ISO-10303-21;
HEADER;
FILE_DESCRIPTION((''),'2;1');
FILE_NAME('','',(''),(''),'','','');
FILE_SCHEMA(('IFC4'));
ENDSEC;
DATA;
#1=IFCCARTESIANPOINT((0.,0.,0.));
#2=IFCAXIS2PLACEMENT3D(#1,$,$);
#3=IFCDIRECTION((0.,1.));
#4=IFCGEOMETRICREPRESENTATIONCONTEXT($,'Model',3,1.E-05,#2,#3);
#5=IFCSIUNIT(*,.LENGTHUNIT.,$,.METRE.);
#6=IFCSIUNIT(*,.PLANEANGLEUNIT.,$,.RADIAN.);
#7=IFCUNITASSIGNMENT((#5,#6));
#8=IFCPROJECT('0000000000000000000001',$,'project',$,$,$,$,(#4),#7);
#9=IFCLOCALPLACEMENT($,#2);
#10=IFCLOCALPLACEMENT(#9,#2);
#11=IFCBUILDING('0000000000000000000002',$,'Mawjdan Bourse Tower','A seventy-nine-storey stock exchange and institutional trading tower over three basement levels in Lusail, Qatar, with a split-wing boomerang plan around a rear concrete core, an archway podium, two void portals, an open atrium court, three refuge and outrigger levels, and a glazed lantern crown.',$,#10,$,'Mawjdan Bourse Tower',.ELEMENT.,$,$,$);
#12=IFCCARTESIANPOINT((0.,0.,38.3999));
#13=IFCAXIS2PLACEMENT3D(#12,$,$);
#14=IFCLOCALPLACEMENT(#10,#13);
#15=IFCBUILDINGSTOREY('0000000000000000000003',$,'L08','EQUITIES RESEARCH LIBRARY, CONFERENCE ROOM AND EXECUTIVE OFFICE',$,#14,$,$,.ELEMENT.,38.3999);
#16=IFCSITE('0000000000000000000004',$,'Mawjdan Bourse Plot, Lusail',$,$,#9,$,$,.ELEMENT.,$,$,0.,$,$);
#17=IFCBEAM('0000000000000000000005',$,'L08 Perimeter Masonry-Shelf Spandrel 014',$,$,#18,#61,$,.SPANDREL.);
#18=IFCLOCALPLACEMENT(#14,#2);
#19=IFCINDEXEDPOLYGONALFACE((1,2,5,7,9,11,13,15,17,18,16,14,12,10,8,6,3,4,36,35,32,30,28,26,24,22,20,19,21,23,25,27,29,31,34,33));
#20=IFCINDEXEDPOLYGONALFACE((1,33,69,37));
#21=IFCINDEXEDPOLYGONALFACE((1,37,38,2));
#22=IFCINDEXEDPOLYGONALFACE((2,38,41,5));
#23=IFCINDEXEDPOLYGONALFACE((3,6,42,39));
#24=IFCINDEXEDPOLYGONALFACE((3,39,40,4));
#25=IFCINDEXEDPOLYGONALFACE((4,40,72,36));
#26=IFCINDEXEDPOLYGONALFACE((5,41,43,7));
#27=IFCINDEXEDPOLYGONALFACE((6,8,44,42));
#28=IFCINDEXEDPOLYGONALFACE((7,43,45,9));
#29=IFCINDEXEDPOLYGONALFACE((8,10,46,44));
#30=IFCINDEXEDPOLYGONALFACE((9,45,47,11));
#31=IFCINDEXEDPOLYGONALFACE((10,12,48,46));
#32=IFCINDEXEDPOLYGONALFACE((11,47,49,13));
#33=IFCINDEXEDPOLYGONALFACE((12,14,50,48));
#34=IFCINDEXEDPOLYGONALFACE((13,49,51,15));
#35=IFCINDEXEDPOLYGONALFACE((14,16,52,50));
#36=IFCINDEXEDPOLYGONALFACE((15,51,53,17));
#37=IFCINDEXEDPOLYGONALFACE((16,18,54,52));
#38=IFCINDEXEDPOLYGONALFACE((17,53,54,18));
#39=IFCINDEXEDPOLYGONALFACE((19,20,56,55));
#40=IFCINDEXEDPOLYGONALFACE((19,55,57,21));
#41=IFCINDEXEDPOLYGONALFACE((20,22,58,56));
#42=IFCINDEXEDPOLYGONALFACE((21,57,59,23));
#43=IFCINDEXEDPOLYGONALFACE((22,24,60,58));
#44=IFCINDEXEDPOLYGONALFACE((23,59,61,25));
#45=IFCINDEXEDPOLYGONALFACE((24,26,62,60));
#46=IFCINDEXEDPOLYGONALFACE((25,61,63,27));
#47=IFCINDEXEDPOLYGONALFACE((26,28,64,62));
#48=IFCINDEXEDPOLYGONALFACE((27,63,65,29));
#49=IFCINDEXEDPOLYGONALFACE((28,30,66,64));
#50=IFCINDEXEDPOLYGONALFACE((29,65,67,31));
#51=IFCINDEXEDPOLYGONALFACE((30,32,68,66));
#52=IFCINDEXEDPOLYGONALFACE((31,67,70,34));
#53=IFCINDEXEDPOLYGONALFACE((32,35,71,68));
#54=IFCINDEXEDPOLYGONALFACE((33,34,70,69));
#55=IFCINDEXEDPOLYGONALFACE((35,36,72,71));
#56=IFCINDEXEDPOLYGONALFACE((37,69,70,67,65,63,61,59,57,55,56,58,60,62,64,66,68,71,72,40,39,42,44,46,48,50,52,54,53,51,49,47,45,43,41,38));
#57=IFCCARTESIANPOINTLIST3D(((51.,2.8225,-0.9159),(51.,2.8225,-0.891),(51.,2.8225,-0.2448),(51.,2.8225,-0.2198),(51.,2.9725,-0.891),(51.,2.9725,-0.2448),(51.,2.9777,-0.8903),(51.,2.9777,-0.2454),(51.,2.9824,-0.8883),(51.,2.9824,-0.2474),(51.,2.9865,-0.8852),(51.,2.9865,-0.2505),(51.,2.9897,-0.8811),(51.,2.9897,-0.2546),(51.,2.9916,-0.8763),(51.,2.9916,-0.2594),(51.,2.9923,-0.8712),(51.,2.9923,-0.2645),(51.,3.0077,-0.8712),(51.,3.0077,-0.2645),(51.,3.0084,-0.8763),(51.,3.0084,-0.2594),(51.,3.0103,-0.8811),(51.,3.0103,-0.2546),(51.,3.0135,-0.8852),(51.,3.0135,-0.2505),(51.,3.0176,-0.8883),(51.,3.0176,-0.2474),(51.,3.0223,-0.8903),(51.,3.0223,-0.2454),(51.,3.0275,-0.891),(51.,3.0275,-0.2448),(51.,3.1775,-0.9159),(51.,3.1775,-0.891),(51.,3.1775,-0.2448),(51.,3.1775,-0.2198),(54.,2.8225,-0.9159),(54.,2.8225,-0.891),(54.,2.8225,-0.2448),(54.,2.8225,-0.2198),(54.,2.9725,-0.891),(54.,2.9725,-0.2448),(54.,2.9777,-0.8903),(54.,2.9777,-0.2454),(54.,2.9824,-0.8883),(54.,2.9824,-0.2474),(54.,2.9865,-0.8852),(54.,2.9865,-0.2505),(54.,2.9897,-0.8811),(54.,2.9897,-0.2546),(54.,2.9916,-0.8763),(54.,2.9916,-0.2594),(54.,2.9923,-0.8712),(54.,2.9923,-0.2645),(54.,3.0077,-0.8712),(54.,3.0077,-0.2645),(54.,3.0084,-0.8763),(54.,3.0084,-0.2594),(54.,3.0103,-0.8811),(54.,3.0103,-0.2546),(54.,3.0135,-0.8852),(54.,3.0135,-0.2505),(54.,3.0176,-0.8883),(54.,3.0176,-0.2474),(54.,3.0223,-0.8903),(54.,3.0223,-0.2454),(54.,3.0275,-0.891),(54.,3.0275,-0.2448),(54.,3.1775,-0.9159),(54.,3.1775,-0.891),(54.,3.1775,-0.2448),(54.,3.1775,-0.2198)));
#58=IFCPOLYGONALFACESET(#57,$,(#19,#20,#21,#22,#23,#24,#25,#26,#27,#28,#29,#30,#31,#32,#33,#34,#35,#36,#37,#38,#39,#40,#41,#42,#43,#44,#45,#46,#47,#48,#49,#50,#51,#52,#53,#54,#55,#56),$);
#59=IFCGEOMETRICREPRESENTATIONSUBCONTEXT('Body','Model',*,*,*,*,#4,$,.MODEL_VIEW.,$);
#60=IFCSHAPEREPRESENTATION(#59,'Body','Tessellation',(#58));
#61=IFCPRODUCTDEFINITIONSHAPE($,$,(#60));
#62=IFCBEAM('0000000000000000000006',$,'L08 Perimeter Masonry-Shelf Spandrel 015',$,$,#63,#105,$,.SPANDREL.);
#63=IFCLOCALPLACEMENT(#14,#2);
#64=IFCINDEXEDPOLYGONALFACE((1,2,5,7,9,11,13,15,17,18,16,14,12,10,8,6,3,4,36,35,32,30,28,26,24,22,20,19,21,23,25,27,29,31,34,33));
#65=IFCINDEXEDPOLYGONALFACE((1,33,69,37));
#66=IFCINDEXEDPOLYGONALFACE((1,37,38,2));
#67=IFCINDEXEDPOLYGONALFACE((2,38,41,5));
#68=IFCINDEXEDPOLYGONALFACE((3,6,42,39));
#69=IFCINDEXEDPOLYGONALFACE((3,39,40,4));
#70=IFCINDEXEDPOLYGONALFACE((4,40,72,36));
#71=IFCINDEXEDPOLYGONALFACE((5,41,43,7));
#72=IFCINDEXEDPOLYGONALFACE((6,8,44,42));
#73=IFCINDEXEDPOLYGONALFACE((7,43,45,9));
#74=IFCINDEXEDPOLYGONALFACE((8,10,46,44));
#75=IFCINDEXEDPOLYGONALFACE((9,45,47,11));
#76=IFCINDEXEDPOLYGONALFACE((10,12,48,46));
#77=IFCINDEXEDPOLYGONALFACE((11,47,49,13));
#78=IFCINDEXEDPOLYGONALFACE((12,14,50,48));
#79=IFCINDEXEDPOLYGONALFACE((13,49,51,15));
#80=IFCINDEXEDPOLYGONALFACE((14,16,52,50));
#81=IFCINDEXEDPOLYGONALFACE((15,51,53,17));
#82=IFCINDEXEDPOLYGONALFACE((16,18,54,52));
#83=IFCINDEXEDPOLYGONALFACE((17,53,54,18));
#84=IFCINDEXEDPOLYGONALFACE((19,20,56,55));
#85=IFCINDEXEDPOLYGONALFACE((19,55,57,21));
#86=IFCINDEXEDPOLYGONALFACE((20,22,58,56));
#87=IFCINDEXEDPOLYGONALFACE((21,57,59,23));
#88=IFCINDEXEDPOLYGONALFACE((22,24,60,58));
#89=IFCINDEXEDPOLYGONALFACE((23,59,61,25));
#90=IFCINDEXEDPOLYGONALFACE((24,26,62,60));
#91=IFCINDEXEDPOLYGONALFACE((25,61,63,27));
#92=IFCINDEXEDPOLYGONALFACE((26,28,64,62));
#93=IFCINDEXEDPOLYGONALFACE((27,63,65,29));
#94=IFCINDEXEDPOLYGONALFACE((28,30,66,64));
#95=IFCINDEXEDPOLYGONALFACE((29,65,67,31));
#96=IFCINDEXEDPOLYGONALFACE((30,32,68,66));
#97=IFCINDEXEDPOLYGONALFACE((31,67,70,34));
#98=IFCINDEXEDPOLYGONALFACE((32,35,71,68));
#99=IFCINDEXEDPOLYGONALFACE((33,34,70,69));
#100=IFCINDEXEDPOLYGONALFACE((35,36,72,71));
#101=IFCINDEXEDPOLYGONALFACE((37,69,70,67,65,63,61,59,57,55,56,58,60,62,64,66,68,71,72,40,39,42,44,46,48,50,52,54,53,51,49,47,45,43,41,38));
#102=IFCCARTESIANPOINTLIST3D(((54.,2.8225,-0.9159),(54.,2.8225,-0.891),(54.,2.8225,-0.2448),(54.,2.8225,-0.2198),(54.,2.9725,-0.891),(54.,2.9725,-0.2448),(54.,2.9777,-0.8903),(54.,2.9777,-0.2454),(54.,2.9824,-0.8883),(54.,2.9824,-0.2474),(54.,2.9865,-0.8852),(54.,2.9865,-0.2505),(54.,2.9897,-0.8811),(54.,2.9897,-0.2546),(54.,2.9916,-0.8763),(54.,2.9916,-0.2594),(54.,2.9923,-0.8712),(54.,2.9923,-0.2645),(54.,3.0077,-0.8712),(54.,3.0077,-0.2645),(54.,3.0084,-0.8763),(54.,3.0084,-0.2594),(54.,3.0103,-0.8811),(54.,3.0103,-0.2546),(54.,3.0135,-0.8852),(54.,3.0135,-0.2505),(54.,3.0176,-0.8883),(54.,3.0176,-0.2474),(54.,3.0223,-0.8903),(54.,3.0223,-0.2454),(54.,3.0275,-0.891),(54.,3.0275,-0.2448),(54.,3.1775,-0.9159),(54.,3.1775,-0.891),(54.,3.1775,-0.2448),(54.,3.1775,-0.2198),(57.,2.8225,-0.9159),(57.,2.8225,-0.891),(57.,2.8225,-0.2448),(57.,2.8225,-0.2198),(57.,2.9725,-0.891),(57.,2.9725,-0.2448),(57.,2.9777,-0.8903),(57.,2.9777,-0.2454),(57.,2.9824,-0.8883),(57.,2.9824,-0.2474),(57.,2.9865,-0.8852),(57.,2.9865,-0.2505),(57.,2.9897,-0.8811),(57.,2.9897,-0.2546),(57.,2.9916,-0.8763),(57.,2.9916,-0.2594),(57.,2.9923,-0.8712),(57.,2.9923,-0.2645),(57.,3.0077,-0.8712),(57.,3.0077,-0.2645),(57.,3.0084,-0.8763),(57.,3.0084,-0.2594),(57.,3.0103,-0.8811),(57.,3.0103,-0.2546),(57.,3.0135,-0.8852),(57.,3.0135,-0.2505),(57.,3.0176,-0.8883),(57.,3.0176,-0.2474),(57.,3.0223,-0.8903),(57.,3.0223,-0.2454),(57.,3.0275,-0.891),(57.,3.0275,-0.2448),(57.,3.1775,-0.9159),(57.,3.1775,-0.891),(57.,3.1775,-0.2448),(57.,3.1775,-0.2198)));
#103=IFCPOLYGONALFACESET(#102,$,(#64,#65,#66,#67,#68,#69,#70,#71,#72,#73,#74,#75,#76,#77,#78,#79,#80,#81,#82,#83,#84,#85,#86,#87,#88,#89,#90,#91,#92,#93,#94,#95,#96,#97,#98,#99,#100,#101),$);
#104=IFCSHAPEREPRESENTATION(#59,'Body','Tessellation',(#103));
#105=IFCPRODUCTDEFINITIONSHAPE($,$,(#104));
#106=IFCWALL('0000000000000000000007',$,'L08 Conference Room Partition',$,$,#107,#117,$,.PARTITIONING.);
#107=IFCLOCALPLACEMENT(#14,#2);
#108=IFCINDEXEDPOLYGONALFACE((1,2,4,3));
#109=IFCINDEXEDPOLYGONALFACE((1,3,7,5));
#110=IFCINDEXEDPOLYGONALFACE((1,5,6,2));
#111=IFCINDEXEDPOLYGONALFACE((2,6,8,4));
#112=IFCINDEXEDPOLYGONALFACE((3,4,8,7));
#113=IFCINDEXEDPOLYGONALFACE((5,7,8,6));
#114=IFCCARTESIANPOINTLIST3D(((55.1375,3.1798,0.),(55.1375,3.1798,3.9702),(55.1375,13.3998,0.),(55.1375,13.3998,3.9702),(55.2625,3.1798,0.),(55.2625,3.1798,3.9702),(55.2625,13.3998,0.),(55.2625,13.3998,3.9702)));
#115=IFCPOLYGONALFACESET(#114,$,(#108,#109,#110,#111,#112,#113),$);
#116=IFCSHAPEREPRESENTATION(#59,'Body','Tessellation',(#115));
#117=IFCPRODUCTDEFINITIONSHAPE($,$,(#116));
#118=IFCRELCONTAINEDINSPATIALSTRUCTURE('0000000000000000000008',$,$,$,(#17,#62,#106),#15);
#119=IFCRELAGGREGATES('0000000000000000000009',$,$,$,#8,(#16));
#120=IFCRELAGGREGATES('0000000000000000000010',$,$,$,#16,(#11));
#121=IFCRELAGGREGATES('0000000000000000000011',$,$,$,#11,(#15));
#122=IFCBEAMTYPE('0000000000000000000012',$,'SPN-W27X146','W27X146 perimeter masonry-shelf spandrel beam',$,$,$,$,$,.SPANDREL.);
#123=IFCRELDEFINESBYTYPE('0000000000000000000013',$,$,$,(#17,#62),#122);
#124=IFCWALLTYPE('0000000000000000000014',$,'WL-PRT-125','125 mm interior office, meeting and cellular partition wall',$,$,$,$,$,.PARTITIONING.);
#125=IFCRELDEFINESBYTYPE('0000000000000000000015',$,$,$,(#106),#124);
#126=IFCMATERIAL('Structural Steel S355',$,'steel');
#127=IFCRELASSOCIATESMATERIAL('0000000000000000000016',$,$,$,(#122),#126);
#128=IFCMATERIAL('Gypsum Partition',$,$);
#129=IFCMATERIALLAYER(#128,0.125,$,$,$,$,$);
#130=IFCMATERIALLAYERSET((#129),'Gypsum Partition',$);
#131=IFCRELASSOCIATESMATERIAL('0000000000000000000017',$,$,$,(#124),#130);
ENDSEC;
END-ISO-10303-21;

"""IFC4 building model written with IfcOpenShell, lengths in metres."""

from ifc_helpers import new_model, si_unit, direction, frame, frame_2d, origin, origin_2d, place, context, subcontext, project, spatial, rectangle, i_section, extrude, material, layer, layer_set, material_profile, profile_set, type_object, element, save


model = new_model("IFC4")

# Units and contexts
model_context = context("Model", 3, precision=1e-05, world=origin(), true_north=direction((0.0, 1.0)))
body_context = subcontext(model_context, "Body", "Model", "MODEL_VIEW")
ifc_project = project(units=[si_unit("LENGTHUNIT", "METRE"), si_unit("PLANEANGLEUNIT", "RADIAN")], contexts=[model_context])

# Site, building, storey
site_placement = place(None, origin())
site = spatial("IfcSite", under=ifc_project, at=site_placement, Name="Mawjdan Bourse Plot, Lusail", CompositionType="ELEMENT", RefElevation=0.0)
building_placement = place(site_placement, origin())
building = spatial("IfcBuilding", under=site, at=building_placement, Name="Mawjdan Bourse Tower", Description="A seventy-nine-storey stock exchange and institutional trading tower over three basement levels in Lusail, Qatar, with a split-wing boomerang plan around a rear concrete core, an archway podium, two void portals, an open atrium court, three refuge and outrigger levels, and a glazed lantern crown.", LongName="Mawjdan Bourse Tower", CompositionType="ELEMENT")
storey_placement = place(building_placement, frame((0.0, 0.0, 38.3999)))
storey = spatial("IfcBuildingStorey", under=building, at=storey_placement, Name="L08", Description="EQUITIES RESEARCH LIBRARY, CONFERENCE ROOM AND EXECUTIVE OFFICE", CompositionType="ELEMENT", Elevation=38.3999)

# Beams
ifc_material_1 = material(Name="Structural Steel S355", Category="steel")
ifc_material_profile_1 = material_profile(ifc_material_1, i_section(OverallWidth=0.355, OverallDepth=0.696, WebThickness=0.0154, FlangeThickness=0.0249, FilletRadius=0.0198, at=origin_2d()), Name="W27X146")
ifc_profile_set_1 = profile_set([ifc_material_profile_1], Name="Structural Steel S355")
beam_type_1 = type_object("IfcBeamType", Name="SPN-W27X146", Description="W27X146 perimeter masonry-shelf spandrel beam", PredefinedType="SPANDREL", material=ifc_profile_set_1)
for number, where, z_axis, x_axis, name in (
    (1, (51.0, 3.0, -0.5679), (1.0, 0.0, 0.0), (0.0, 1.0, 0.0), "L08 Perimeter Masonry-Shelf Spandrel 014"),
    (2, (54.0, 3.0, -0.5679), (1.0, 0.0, 0.0), (0.0, 1.0, 0.0), "L08 Perimeter Masonry-Shelf Spandrel 015"),
):
    element("IfcBeam", number, at=place(storey_placement, frame(where, z_axis=z_axis, x_axis=x_axis)), inside=storey, type_object=beam_type_1, Name=name, PredefinedType="SPANDREL", context=body_context, shape_type="SweptSolid", body=[
        extrude(i_section(OverallWidth=0.355, OverallDepth=0.696, WebThickness=0.0154, FlangeThickness=0.0249, FilletRadius=0.0198, at=origin_2d()), origin(), (0.0, 0.0, 1.0), 3.0),
    ])

# Wall
ifc_material_2 = material(Name="Gypsum Partition")
ifc_layer = layer(ifc_material_2, 0.125)
ifc_layer_set = layer_set([ifc_layer], Name="Gypsum Partition")
wall_type = type_object("IfcWallType", Name="WL-PRT-125", Description="125 mm interior office, meeting and cellular partition wall", PredefinedType="PARTITIONING", material=ifc_layer_set)
wall_placement = place(storey_placement, frame((55.2, 3.1799, 0.0), z_axis=(0.0, 0.0, 1.0), x_axis=(0.0, 1.0, 0.0)))
element("IfcWall", 3, at=wall_placement, inside=storey, type_object=wall_type, Name="L08 Conference Room Partition", PredefinedType="PARTITIONING", context=body_context, shape_type="SweptSolid", body=[
    extrude(rectangle(XDim=10.22, YDim=0.125, at=frame_2d((5.1099, 0.0))), origin(), (0.0, 0.0, 1.0), 3.9702),
])

save(model, "model.ifc")
